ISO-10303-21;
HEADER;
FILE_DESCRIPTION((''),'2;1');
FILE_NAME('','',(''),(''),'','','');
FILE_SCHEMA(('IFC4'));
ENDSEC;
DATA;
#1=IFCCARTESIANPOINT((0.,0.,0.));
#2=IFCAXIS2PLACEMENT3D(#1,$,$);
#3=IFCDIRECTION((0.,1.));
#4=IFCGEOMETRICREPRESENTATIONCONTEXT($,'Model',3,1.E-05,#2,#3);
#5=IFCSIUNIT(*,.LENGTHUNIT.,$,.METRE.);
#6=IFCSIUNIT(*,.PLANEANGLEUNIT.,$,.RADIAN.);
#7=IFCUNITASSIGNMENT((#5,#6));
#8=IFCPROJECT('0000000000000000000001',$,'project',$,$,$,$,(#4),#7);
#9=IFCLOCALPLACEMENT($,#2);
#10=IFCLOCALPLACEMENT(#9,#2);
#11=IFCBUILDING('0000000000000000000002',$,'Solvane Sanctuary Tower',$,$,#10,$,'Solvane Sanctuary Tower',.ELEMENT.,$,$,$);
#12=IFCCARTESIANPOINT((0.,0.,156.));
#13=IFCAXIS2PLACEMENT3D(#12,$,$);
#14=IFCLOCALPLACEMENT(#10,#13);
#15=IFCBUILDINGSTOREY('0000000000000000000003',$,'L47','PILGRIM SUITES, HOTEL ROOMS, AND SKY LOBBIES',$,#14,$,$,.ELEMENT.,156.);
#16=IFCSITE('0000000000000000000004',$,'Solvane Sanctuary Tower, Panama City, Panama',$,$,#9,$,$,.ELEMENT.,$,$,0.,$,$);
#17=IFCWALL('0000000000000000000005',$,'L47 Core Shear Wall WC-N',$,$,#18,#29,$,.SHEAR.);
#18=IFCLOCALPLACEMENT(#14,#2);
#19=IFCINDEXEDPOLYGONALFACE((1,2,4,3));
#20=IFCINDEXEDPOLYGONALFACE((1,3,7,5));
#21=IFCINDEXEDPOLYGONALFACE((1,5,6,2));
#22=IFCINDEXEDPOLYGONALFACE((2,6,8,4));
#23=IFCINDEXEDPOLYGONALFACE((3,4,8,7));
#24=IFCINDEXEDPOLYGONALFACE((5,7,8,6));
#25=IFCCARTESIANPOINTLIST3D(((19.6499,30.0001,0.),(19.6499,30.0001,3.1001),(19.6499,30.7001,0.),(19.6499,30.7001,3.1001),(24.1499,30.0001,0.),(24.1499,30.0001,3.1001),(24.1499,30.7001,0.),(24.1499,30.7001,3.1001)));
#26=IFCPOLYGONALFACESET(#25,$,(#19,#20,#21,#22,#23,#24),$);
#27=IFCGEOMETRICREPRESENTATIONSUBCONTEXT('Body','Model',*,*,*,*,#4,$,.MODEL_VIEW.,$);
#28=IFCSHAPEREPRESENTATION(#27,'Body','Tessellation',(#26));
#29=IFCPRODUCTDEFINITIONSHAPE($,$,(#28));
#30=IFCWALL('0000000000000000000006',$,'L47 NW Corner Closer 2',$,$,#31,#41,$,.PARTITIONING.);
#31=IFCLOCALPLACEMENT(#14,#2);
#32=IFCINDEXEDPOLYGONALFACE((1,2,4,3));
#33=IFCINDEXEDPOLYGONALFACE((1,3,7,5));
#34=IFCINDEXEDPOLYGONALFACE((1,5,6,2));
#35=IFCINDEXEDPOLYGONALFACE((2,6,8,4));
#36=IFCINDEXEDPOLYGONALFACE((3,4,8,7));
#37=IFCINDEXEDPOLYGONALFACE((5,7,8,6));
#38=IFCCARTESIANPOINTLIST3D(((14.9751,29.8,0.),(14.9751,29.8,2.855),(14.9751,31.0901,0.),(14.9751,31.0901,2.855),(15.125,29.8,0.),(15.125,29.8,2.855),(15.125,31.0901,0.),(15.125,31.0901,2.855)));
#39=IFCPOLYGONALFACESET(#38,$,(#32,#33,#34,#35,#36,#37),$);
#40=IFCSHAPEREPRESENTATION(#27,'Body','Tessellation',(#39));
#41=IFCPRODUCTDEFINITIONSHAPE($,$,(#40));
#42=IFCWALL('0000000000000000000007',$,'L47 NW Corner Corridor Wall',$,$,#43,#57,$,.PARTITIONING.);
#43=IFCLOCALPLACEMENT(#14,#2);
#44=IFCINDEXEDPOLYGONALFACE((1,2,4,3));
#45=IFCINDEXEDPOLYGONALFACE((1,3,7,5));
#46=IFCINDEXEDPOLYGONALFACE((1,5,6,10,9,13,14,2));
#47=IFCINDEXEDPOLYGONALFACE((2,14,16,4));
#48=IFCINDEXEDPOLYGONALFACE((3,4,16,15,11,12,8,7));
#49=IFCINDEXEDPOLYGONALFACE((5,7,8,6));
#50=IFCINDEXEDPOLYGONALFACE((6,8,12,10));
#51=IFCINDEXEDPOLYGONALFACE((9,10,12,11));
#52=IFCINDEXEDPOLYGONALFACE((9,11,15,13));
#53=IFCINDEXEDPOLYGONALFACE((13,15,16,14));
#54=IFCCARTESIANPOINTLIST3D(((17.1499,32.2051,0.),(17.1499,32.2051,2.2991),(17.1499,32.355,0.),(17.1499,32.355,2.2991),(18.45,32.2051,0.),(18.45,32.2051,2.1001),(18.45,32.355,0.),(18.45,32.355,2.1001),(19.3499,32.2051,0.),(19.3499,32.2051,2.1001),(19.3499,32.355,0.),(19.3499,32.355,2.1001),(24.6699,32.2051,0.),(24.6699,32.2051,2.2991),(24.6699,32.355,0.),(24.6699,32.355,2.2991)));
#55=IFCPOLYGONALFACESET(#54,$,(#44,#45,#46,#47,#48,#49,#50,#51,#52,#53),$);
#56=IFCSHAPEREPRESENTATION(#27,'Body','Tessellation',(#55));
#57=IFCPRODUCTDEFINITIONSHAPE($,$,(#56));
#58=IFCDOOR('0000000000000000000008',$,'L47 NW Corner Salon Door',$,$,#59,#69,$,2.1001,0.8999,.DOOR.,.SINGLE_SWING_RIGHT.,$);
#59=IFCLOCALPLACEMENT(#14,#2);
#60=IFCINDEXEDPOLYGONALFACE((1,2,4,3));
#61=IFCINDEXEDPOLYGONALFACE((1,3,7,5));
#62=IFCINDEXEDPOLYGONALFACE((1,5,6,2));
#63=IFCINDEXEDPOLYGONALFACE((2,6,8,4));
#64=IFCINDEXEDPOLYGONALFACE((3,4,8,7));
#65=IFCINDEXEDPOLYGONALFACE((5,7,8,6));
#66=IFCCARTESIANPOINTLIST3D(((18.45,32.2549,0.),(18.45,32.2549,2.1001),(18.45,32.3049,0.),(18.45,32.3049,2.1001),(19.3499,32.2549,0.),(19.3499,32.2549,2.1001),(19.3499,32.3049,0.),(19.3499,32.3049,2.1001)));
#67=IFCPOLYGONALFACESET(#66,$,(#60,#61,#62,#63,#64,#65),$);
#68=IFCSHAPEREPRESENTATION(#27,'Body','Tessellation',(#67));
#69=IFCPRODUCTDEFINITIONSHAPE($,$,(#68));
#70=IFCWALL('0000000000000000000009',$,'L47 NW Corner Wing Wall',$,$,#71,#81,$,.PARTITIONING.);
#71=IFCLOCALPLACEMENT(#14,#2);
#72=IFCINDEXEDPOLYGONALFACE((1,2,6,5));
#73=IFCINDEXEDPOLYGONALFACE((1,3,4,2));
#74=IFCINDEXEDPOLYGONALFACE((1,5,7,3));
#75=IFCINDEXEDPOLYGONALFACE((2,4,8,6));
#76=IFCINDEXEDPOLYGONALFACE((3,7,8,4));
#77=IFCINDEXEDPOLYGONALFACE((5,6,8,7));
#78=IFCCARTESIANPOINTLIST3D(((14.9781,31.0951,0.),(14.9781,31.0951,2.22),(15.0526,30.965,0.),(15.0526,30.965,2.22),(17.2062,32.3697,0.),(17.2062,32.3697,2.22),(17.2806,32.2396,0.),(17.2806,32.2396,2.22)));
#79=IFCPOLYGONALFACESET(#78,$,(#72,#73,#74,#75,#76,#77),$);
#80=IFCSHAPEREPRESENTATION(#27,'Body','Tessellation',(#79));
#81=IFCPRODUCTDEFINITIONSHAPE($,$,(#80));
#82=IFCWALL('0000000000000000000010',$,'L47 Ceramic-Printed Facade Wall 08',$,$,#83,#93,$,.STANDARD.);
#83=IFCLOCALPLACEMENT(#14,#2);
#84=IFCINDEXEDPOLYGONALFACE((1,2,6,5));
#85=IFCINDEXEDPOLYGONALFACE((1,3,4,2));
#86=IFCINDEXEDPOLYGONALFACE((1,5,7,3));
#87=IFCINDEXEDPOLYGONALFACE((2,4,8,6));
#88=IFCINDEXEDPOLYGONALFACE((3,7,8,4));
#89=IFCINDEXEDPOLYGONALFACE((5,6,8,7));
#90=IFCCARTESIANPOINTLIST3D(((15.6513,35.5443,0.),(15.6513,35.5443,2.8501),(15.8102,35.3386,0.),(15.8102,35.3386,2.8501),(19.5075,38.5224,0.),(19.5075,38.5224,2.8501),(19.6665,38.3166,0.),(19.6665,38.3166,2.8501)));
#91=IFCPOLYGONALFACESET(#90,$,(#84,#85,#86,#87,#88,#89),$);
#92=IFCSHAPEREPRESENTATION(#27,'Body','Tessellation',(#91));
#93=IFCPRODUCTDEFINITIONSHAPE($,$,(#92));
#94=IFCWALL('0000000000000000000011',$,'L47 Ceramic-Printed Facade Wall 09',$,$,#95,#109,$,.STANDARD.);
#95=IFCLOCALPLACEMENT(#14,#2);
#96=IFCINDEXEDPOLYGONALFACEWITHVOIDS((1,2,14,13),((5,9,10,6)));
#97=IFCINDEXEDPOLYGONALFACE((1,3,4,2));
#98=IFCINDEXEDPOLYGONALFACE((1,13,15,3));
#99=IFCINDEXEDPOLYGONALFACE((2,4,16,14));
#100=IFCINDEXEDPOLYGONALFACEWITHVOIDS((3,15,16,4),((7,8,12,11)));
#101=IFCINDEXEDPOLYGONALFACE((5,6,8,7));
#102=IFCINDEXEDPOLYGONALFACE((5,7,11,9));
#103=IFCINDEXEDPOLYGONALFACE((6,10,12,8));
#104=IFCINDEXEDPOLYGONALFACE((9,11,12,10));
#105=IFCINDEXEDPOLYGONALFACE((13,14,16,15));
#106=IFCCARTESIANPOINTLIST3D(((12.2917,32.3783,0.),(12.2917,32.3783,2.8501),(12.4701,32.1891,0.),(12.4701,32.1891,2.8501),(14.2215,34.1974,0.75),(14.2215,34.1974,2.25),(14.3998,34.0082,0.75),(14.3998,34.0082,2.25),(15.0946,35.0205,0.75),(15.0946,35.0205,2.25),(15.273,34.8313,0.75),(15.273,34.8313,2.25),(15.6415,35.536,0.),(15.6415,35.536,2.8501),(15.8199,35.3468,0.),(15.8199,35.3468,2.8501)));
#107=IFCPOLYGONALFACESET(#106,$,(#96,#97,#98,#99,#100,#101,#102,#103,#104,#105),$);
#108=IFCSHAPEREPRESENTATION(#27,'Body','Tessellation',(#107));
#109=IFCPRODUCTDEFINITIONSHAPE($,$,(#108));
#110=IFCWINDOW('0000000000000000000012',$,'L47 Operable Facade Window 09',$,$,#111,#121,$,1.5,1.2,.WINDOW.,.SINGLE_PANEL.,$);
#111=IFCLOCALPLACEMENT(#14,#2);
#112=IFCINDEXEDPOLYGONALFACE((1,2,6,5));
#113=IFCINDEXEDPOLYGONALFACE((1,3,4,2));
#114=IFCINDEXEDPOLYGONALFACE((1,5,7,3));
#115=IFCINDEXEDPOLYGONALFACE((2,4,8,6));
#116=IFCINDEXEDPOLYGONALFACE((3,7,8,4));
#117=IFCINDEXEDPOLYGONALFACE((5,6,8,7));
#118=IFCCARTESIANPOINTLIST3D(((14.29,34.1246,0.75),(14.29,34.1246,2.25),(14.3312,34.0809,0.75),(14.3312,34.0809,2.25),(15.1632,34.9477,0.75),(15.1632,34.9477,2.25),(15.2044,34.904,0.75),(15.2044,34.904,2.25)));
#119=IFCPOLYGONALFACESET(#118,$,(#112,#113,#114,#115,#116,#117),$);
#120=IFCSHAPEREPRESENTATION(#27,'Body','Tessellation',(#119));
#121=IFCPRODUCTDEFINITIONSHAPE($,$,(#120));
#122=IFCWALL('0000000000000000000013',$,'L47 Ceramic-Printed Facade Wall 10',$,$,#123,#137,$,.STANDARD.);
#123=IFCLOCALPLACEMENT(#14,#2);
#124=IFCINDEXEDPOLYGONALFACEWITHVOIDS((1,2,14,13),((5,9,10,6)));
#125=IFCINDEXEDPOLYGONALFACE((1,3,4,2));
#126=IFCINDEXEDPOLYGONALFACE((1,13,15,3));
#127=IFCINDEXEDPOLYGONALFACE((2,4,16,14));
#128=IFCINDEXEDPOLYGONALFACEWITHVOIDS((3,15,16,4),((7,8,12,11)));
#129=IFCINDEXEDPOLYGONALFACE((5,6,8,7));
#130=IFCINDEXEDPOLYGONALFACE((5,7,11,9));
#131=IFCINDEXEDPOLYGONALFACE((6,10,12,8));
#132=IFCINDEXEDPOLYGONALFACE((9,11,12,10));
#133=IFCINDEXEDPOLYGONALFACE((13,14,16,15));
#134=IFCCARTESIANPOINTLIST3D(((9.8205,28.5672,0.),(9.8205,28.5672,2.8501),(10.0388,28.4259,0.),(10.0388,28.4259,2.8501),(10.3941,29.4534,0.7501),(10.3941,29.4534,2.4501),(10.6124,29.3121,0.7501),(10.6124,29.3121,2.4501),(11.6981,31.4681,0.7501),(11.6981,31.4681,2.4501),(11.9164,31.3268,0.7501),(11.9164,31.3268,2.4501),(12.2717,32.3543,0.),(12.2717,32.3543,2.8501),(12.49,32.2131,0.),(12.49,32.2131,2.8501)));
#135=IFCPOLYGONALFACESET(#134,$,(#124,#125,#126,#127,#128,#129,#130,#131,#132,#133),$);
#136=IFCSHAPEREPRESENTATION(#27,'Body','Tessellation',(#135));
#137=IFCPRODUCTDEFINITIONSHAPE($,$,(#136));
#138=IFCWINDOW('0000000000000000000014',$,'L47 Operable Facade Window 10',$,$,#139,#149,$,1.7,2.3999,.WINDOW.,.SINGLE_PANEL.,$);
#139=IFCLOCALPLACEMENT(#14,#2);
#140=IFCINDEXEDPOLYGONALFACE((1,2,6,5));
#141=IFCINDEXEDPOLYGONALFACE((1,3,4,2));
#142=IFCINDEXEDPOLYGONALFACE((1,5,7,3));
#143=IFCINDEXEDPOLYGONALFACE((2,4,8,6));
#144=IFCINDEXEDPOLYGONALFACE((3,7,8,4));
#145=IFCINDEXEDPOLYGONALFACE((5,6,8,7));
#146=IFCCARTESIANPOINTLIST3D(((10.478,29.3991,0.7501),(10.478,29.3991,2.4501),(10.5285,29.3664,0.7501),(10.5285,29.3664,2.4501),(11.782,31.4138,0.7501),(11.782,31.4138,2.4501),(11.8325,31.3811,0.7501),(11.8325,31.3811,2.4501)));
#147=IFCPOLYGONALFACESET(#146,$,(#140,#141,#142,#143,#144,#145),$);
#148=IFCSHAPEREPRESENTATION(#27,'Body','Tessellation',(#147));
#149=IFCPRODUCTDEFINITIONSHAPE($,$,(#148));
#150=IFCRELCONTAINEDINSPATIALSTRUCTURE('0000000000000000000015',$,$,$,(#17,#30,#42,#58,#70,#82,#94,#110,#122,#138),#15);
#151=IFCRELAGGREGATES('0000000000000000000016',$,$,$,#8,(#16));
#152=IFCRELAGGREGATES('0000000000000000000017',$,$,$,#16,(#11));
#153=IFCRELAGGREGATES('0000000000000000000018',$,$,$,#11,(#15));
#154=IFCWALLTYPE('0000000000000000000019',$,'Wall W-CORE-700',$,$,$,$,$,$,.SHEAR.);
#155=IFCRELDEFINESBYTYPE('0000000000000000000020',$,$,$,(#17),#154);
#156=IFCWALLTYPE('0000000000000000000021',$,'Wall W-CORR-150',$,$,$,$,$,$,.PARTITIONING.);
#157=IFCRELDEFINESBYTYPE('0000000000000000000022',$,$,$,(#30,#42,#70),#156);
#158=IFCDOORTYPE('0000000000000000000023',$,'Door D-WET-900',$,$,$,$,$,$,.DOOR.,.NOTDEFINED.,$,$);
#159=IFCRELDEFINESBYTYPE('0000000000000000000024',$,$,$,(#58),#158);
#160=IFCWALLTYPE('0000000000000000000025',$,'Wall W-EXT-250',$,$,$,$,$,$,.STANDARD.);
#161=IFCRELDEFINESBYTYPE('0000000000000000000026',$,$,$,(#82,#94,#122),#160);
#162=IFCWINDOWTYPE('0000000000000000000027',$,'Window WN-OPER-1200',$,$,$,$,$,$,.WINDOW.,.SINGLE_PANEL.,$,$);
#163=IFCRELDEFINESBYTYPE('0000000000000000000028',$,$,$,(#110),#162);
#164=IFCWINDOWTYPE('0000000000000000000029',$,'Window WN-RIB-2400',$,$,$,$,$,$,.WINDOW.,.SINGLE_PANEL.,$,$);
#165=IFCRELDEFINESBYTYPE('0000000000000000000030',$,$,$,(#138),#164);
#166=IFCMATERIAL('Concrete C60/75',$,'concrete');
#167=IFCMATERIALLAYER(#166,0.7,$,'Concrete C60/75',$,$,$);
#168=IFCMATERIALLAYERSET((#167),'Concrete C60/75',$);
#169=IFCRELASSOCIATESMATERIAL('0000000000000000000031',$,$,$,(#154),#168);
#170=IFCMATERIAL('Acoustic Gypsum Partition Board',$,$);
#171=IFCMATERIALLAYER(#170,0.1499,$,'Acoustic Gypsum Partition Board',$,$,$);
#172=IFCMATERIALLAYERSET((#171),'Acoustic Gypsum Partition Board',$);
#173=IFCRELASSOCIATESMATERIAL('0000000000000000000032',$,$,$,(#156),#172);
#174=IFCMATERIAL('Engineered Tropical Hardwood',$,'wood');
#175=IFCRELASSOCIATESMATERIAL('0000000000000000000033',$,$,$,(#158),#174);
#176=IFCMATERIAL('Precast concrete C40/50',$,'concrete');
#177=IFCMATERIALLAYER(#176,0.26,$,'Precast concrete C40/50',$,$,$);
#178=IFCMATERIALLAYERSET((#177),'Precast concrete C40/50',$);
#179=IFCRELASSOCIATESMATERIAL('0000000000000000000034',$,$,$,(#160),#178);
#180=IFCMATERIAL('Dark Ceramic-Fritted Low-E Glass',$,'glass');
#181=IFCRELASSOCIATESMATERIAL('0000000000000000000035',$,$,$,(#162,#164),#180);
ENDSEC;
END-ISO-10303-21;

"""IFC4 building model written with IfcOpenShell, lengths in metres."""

from ifc_helpers import new_model, si_unit, direction, frame, frame_2d, origin, place, context, subcontext, project, spatial, rectangle, extrude, material, layer, layer_set, type_object, element, fill, save


model = new_model("IFC4")

# Units and contexts
model_context = context("Model", 3, precision=1e-05, world=origin(), true_north=direction((0.0, 1.0)))
body_context = subcontext(model_context, "Body", "Model", "MODEL_VIEW")
ifc_project = project(units=[si_unit("LENGTHUNIT", "METRE"), si_unit("PLANEANGLEUNIT", "RADIAN")], contexts=[model_context])

# Site, building, storey
site_placement = place(None, origin())
site = spatial("IfcSite", under=ifc_project, at=site_placement, Name="Solvane Sanctuary Tower, Panama City, Panama", CompositionType="ELEMENT", RefElevation=0.0)
building_placement = place(site_placement, origin())
building = spatial("IfcBuilding", under=site, at=building_placement, Name="Solvane Sanctuary Tower", LongName="Solvane Sanctuary Tower", CompositionType="ELEMENT")
storey_placement = place(building_placement, frame((0.0, 0.0, 156.0)))
storey = spatial("IfcBuildingStorey", under=building, at=storey_placement, Name="L47", Description="PILGRIM SUITES, HOTEL ROOMS, AND SKY LOBBIES", CompositionType="ELEMENT", Elevation=156.0)

# Shared definitions
ifc_material_1 = material(Name="Concrete C60/75", Category="concrete")

# Walls
ifc_layer_1 = layer(ifc_material_1, 0.7, Name="Concrete C60/75")
ifc_layer_set_1 = layer_set([ifc_layer_1], Name="Concrete C60/75")
wall_type_1 = type_object("IfcWallType", Name="Wall W-CORE-700", PredefinedType="SHEAR", material=ifc_layer_set_1)
wall_1_placement = place(storey_placement, frame((19.6499, 30.3501, 0.0), z_axis=(0.0, 0.0, 1.0), x_axis=(1.0, 0.0, 0.0)))
element("IfcWall", 1, at=wall_1_placement, inside=storey, type_object=wall_type_1, Name="L47 Core Shear Wall WC-N", PredefinedType="SHEAR", context=body_context, shape_type="SweptSolid", body=[
    extrude(rectangle(XDim=4.5, YDim=0.7, at=frame_2d((2.25, 0.0))), origin(), (0.0, 0.0, 1.0), 3.1001),
])
ifc_material_2 = material(Name="Acoustic Gypsum Partition Board")
ifc_layer_2 = layer(ifc_material_2, 0.1499, Name="Acoustic Gypsum Partition Board")
ifc_layer_set_2 = layer_set([ifc_layer_2], Name="Acoustic Gypsum Partition Board")
wall_type_2 = type_object("IfcWallType", Name="Wall W-CORR-150", PredefinedType="PARTITIONING", material=ifc_layer_set_2)
wall_2_placement = place(storey_placement, frame((15.05, 29.8, 0.0), z_axis=(0.0, 0.0, 1.0), x_axis=(0.0, 1.0, 0.0)))
element("IfcWall", 2, at=wall_2_placement, inside=storey, type_object=wall_type_2, Name="L47 NW Corner Closer 2", PredefinedType="PARTITIONING", context=body_context, shape_type="SweptSolid", body=[
    extrude(rectangle(XDim=1.29, YDim=0.1499, at=frame_2d((0.645, 0.0))), origin(), (0.0, 0.0, 1.0), 2.855),
])

# Wall, opening, door
wall_3_placement = place(storey_placement, frame((17.1499, 32.28, 0.0), z_axis=(0.0, 0.0, 1.0), x_axis=(1.0, 0.0, 0.0)))
wall_3 = element("IfcWall", 3, at=wall_3_placement, inside=storey, type_object=wall_type_2, Name="L47 NW Corner Corridor Wall", PredefinedType="PARTITIONING", context=body_context, shape_type="SweptSolid", body=[
    extrude(rectangle(XDim=7.52, YDim=0.1499, at=frame_2d((3.76, 0.0))), origin(), (0.0, 0.0, 1.0), 2.2991),
])
opening_1_placement = place(wall_3_placement, frame((1.3, 0.0, 0.0)))
opening_1 = element("IfcOpeningElement", 4, at=opening_1_placement, cuts=wall_3, PredefinedType="OPENING", context=body_context, shape_type="SweptSolid", body=[
    extrude(rectangle(XDim=0.8999, YDim=2.1001, at=frame_2d((0.45, 1.05))), frame((0.0, 0.085, 0.0), z_axis=(0.0, -1.0, 0.0), x_axis=(1.0, 0.0, 0.0)), (0.0, 0.0, 1.0), 0.1699),
])
ifc_material_3 = material(Name="Engineered Tropical Hardwood", Category="wood")
door_type_1 = type_object("IfcDoorType", Name="Door D-WET-900", OperationType="NOTDEFINED", PredefinedType="DOOR", material=ifc_material_3)
door_1_placement = place(opening_1_placement, origin())
door_1 = element("IfcDoor", 5, at=door_1_placement, inside=storey, type_object=door_type_1, Name="L47 NW Corner Salon Door", OperationType="SINGLE_SWING_RIGHT", OverallHeight=2.1001, OverallWidth=0.8999, PredefinedType="DOOR", context=body_context, shape_type="SweptSolid", body=[
    extrude(rectangle(XDim=0.8999, YDim=2.1001, at=frame_2d((0.45, 1.05))), frame((0.0, 0.0249, 0.0), z_axis=(0.0, -1.0, 0.0), x_axis=(1.0, 0.0, 0.0)), (0.0, 0.0, 1.0), 0.05),
])
fill(opening_1, door_1)

# Walls
wall_4_placement = place(storey_placement, frame((17.2434, 32.3047, 0.0), z_axis=(0.0, 0.0, 1.0), x_axis=(-0.867991, -0.496579, 0.0)))
element("IfcWall", 6, at=wall_4_placement, inside=storey, type_object=wall_type_2, Name="L47 NW Corner Wing Wall", PredefinedType="PARTITIONING", context=body_context, shape_type="SweptSolid", body=[
    extrude(rectangle(XDim=2.5669, YDim=0.1499, at=frame_2d((1.2834, 0.0))), origin(), (0.0, 0.0, 1.0), 2.22),
])
ifc_material_4 = material(Name="Precast concrete C40/50", Category="concrete")
ifc_layer_3 = layer(ifc_material_4, 0.26, Name="Precast concrete C40/50")
ifc_layer_set_3 = layer_set([ifc_layer_3], Name="Precast concrete C40/50")
wall_type_3 = type_object("IfcWallType", Name="Wall W-EXT-250", PredefinedType="STANDARD", material=ifc_layer_set_3)
wall_5_placement = place(storey_placement, frame((19.5869, 38.4194, 0.0), z_axis=(0.0, 0.0, 1.0), x_axis=(-0.79146, -0.611221, 0.0)))
element("IfcWall", 7, at=wall_5_placement, inside=storey, type_object=wall_type_3, Name="L47 Ceramic-Printed Facade Wall 08", PredefinedType="STANDARD", context=body_context, shape_type="SweptSolid", body=[
    extrude(rectangle(XDim=4.8723, YDim=0.26, at=frame_2d((2.436, 0.0))), origin(), (0.0, 0.0, 1.0), 2.8501),
])

# Walls, openings, windows
wall_6_placement = place(storey_placement, frame((15.7307, 35.4414, 0.0), z_axis=(0.0, 0.0, 1.0), x_axis=(-0.727667, -0.68593, 0.0)))
wall_6 = element("IfcWall", 8, at=wall_6_placement, inside=storey, type_object=wall_type_3, Name="L47 Ceramic-Printed Facade Wall 09", PredefinedType="STANDARD", context=body_context, shape_type="SweptSolid", body=[
    extrude(rectangle(XDim=4.6035, YDim=0.26, at=frame_2d((2.3018, 0.0))), origin(), (0.0, 0.0, 1.0), 2.8501),
])
opening_2_placement = place(wall_6_placement, frame((0.7515, 0.0, 0.75)))
opening_2 = element("IfcOpeningElement", 9, at=opening_2_placement, cuts=wall_6, PredefinedType="OPENING", context=body_context, shape_type="SweptSolid", body=[
    extrude(rectangle(XDim=1.2, YDim=1.5, at=frame_2d((0.6001, 0.75))), frame((0.0, 0.1399, 0.0), z_axis=(0.0, -1.0, 0.0), x_axis=(1.0, 0.0, 0.0)), (0.0, 0.0, 1.0), 0.28),
])
ifc_material_5 = material(Name="Dark Ceramic-Fritted Low-E Glass", Category="glass")
window_type_1 = type_object("IfcWindowType", Name="Window WN-OPER-1200", PartitioningType="SINGLE_PANEL", PredefinedType="WINDOW", material=ifc_material_5)
window_1_placement = place(opening_2_placement, origin())
window_1 = element("IfcWindow", 10, at=window_1_placement, inside=storey, type_object=window_type_1, Name="L47 Operable Facade Window 09", OverallHeight=1.5, OverallWidth=1.2, PartitioningType="SINGLE_PANEL", PredefinedType="WINDOW", context=body_context, shape_type="SweptSolid", body=[
    extrude(rectangle(XDim=1.2, YDim=1.5, at=frame_2d((0.6001, 0.75))), frame((0.0, 0.03, 0.0), z_axis=(0.0, -1.0, 0.0), x_axis=(1.0, 0.0, 0.0)), (0.0, 0.0, 1.0), 0.0601),
])
fill(opening_2, window_1)
wall_7_placement = place(storey_placement, frame((12.3809, 32.2837, 0.0), z_axis=(0.0, 0.0, 1.0), x_axis=(-0.543359, -0.8395, 0.0)))
wall_7 = element("IfcWall", 11, at=wall_7_placement, inside=storey, type_object=wall_type_3, Name="L47 Ceramic-Printed Facade Wall 10", PredefinedType="STANDARD", context=body_context, shape_type="SweptSolid", body=[
    extrude(rectangle(XDim=4.5112, YDim=0.26, at=frame_2d((2.2556, 0.0))), origin(), (0.0, 0.0, 1.0), 2.8501),
])
opening_3_placement = place(wall_7_placement, frame((1.0557, 0.0, 0.75)))
opening_3 = element("IfcOpeningElement", 12, at=opening_3_placement, cuts=wall_7, PredefinedType="OPENING", context=body_context, shape_type="SweptSolid", body=[
    extrude(rectangle(XDim=2.3999, YDim=1.7, at=frame_2d((1.2, 0.8501))), frame((0.0, 0.1399, 0.0), z_axis=(0.0, -1.0, 0.0), x_axis=(1.0, 0.0, 0.0)), (0.0, 0.0, 1.0), 0.28),
])
window_type_2 = type_object("IfcWindowType", Name="Window WN-RIB-2400", PartitioningType="SINGLE_PANEL", PredefinedType="WINDOW", material=ifc_material_5)
window_2_placement = place(opening_3_placement, origin())
window_2 = element("IfcWindow", 13, at=window_2_placement, inside=storey, type_object=window_type_2, Name="L47 Operable Facade Window 10", OverallHeight=1.7, OverallWidth=2.3999, PartitioningType="SINGLE_PANEL", PredefinedType="WINDOW", context=body_context, shape_type="SweptSolid", body=[
    extrude(rectangle(XDim=2.3999, YDim=1.7, at=frame_2d((1.2, 0.8501))), frame((0.0, 0.03, 0.0), z_axis=(0.0, -1.0, 0.0), x_axis=(1.0, 0.0, 0.0)), (0.0, 0.0, 1.0), 0.0601),
])
fill(opening_3, window_2)

save(model, "model.ifc")
